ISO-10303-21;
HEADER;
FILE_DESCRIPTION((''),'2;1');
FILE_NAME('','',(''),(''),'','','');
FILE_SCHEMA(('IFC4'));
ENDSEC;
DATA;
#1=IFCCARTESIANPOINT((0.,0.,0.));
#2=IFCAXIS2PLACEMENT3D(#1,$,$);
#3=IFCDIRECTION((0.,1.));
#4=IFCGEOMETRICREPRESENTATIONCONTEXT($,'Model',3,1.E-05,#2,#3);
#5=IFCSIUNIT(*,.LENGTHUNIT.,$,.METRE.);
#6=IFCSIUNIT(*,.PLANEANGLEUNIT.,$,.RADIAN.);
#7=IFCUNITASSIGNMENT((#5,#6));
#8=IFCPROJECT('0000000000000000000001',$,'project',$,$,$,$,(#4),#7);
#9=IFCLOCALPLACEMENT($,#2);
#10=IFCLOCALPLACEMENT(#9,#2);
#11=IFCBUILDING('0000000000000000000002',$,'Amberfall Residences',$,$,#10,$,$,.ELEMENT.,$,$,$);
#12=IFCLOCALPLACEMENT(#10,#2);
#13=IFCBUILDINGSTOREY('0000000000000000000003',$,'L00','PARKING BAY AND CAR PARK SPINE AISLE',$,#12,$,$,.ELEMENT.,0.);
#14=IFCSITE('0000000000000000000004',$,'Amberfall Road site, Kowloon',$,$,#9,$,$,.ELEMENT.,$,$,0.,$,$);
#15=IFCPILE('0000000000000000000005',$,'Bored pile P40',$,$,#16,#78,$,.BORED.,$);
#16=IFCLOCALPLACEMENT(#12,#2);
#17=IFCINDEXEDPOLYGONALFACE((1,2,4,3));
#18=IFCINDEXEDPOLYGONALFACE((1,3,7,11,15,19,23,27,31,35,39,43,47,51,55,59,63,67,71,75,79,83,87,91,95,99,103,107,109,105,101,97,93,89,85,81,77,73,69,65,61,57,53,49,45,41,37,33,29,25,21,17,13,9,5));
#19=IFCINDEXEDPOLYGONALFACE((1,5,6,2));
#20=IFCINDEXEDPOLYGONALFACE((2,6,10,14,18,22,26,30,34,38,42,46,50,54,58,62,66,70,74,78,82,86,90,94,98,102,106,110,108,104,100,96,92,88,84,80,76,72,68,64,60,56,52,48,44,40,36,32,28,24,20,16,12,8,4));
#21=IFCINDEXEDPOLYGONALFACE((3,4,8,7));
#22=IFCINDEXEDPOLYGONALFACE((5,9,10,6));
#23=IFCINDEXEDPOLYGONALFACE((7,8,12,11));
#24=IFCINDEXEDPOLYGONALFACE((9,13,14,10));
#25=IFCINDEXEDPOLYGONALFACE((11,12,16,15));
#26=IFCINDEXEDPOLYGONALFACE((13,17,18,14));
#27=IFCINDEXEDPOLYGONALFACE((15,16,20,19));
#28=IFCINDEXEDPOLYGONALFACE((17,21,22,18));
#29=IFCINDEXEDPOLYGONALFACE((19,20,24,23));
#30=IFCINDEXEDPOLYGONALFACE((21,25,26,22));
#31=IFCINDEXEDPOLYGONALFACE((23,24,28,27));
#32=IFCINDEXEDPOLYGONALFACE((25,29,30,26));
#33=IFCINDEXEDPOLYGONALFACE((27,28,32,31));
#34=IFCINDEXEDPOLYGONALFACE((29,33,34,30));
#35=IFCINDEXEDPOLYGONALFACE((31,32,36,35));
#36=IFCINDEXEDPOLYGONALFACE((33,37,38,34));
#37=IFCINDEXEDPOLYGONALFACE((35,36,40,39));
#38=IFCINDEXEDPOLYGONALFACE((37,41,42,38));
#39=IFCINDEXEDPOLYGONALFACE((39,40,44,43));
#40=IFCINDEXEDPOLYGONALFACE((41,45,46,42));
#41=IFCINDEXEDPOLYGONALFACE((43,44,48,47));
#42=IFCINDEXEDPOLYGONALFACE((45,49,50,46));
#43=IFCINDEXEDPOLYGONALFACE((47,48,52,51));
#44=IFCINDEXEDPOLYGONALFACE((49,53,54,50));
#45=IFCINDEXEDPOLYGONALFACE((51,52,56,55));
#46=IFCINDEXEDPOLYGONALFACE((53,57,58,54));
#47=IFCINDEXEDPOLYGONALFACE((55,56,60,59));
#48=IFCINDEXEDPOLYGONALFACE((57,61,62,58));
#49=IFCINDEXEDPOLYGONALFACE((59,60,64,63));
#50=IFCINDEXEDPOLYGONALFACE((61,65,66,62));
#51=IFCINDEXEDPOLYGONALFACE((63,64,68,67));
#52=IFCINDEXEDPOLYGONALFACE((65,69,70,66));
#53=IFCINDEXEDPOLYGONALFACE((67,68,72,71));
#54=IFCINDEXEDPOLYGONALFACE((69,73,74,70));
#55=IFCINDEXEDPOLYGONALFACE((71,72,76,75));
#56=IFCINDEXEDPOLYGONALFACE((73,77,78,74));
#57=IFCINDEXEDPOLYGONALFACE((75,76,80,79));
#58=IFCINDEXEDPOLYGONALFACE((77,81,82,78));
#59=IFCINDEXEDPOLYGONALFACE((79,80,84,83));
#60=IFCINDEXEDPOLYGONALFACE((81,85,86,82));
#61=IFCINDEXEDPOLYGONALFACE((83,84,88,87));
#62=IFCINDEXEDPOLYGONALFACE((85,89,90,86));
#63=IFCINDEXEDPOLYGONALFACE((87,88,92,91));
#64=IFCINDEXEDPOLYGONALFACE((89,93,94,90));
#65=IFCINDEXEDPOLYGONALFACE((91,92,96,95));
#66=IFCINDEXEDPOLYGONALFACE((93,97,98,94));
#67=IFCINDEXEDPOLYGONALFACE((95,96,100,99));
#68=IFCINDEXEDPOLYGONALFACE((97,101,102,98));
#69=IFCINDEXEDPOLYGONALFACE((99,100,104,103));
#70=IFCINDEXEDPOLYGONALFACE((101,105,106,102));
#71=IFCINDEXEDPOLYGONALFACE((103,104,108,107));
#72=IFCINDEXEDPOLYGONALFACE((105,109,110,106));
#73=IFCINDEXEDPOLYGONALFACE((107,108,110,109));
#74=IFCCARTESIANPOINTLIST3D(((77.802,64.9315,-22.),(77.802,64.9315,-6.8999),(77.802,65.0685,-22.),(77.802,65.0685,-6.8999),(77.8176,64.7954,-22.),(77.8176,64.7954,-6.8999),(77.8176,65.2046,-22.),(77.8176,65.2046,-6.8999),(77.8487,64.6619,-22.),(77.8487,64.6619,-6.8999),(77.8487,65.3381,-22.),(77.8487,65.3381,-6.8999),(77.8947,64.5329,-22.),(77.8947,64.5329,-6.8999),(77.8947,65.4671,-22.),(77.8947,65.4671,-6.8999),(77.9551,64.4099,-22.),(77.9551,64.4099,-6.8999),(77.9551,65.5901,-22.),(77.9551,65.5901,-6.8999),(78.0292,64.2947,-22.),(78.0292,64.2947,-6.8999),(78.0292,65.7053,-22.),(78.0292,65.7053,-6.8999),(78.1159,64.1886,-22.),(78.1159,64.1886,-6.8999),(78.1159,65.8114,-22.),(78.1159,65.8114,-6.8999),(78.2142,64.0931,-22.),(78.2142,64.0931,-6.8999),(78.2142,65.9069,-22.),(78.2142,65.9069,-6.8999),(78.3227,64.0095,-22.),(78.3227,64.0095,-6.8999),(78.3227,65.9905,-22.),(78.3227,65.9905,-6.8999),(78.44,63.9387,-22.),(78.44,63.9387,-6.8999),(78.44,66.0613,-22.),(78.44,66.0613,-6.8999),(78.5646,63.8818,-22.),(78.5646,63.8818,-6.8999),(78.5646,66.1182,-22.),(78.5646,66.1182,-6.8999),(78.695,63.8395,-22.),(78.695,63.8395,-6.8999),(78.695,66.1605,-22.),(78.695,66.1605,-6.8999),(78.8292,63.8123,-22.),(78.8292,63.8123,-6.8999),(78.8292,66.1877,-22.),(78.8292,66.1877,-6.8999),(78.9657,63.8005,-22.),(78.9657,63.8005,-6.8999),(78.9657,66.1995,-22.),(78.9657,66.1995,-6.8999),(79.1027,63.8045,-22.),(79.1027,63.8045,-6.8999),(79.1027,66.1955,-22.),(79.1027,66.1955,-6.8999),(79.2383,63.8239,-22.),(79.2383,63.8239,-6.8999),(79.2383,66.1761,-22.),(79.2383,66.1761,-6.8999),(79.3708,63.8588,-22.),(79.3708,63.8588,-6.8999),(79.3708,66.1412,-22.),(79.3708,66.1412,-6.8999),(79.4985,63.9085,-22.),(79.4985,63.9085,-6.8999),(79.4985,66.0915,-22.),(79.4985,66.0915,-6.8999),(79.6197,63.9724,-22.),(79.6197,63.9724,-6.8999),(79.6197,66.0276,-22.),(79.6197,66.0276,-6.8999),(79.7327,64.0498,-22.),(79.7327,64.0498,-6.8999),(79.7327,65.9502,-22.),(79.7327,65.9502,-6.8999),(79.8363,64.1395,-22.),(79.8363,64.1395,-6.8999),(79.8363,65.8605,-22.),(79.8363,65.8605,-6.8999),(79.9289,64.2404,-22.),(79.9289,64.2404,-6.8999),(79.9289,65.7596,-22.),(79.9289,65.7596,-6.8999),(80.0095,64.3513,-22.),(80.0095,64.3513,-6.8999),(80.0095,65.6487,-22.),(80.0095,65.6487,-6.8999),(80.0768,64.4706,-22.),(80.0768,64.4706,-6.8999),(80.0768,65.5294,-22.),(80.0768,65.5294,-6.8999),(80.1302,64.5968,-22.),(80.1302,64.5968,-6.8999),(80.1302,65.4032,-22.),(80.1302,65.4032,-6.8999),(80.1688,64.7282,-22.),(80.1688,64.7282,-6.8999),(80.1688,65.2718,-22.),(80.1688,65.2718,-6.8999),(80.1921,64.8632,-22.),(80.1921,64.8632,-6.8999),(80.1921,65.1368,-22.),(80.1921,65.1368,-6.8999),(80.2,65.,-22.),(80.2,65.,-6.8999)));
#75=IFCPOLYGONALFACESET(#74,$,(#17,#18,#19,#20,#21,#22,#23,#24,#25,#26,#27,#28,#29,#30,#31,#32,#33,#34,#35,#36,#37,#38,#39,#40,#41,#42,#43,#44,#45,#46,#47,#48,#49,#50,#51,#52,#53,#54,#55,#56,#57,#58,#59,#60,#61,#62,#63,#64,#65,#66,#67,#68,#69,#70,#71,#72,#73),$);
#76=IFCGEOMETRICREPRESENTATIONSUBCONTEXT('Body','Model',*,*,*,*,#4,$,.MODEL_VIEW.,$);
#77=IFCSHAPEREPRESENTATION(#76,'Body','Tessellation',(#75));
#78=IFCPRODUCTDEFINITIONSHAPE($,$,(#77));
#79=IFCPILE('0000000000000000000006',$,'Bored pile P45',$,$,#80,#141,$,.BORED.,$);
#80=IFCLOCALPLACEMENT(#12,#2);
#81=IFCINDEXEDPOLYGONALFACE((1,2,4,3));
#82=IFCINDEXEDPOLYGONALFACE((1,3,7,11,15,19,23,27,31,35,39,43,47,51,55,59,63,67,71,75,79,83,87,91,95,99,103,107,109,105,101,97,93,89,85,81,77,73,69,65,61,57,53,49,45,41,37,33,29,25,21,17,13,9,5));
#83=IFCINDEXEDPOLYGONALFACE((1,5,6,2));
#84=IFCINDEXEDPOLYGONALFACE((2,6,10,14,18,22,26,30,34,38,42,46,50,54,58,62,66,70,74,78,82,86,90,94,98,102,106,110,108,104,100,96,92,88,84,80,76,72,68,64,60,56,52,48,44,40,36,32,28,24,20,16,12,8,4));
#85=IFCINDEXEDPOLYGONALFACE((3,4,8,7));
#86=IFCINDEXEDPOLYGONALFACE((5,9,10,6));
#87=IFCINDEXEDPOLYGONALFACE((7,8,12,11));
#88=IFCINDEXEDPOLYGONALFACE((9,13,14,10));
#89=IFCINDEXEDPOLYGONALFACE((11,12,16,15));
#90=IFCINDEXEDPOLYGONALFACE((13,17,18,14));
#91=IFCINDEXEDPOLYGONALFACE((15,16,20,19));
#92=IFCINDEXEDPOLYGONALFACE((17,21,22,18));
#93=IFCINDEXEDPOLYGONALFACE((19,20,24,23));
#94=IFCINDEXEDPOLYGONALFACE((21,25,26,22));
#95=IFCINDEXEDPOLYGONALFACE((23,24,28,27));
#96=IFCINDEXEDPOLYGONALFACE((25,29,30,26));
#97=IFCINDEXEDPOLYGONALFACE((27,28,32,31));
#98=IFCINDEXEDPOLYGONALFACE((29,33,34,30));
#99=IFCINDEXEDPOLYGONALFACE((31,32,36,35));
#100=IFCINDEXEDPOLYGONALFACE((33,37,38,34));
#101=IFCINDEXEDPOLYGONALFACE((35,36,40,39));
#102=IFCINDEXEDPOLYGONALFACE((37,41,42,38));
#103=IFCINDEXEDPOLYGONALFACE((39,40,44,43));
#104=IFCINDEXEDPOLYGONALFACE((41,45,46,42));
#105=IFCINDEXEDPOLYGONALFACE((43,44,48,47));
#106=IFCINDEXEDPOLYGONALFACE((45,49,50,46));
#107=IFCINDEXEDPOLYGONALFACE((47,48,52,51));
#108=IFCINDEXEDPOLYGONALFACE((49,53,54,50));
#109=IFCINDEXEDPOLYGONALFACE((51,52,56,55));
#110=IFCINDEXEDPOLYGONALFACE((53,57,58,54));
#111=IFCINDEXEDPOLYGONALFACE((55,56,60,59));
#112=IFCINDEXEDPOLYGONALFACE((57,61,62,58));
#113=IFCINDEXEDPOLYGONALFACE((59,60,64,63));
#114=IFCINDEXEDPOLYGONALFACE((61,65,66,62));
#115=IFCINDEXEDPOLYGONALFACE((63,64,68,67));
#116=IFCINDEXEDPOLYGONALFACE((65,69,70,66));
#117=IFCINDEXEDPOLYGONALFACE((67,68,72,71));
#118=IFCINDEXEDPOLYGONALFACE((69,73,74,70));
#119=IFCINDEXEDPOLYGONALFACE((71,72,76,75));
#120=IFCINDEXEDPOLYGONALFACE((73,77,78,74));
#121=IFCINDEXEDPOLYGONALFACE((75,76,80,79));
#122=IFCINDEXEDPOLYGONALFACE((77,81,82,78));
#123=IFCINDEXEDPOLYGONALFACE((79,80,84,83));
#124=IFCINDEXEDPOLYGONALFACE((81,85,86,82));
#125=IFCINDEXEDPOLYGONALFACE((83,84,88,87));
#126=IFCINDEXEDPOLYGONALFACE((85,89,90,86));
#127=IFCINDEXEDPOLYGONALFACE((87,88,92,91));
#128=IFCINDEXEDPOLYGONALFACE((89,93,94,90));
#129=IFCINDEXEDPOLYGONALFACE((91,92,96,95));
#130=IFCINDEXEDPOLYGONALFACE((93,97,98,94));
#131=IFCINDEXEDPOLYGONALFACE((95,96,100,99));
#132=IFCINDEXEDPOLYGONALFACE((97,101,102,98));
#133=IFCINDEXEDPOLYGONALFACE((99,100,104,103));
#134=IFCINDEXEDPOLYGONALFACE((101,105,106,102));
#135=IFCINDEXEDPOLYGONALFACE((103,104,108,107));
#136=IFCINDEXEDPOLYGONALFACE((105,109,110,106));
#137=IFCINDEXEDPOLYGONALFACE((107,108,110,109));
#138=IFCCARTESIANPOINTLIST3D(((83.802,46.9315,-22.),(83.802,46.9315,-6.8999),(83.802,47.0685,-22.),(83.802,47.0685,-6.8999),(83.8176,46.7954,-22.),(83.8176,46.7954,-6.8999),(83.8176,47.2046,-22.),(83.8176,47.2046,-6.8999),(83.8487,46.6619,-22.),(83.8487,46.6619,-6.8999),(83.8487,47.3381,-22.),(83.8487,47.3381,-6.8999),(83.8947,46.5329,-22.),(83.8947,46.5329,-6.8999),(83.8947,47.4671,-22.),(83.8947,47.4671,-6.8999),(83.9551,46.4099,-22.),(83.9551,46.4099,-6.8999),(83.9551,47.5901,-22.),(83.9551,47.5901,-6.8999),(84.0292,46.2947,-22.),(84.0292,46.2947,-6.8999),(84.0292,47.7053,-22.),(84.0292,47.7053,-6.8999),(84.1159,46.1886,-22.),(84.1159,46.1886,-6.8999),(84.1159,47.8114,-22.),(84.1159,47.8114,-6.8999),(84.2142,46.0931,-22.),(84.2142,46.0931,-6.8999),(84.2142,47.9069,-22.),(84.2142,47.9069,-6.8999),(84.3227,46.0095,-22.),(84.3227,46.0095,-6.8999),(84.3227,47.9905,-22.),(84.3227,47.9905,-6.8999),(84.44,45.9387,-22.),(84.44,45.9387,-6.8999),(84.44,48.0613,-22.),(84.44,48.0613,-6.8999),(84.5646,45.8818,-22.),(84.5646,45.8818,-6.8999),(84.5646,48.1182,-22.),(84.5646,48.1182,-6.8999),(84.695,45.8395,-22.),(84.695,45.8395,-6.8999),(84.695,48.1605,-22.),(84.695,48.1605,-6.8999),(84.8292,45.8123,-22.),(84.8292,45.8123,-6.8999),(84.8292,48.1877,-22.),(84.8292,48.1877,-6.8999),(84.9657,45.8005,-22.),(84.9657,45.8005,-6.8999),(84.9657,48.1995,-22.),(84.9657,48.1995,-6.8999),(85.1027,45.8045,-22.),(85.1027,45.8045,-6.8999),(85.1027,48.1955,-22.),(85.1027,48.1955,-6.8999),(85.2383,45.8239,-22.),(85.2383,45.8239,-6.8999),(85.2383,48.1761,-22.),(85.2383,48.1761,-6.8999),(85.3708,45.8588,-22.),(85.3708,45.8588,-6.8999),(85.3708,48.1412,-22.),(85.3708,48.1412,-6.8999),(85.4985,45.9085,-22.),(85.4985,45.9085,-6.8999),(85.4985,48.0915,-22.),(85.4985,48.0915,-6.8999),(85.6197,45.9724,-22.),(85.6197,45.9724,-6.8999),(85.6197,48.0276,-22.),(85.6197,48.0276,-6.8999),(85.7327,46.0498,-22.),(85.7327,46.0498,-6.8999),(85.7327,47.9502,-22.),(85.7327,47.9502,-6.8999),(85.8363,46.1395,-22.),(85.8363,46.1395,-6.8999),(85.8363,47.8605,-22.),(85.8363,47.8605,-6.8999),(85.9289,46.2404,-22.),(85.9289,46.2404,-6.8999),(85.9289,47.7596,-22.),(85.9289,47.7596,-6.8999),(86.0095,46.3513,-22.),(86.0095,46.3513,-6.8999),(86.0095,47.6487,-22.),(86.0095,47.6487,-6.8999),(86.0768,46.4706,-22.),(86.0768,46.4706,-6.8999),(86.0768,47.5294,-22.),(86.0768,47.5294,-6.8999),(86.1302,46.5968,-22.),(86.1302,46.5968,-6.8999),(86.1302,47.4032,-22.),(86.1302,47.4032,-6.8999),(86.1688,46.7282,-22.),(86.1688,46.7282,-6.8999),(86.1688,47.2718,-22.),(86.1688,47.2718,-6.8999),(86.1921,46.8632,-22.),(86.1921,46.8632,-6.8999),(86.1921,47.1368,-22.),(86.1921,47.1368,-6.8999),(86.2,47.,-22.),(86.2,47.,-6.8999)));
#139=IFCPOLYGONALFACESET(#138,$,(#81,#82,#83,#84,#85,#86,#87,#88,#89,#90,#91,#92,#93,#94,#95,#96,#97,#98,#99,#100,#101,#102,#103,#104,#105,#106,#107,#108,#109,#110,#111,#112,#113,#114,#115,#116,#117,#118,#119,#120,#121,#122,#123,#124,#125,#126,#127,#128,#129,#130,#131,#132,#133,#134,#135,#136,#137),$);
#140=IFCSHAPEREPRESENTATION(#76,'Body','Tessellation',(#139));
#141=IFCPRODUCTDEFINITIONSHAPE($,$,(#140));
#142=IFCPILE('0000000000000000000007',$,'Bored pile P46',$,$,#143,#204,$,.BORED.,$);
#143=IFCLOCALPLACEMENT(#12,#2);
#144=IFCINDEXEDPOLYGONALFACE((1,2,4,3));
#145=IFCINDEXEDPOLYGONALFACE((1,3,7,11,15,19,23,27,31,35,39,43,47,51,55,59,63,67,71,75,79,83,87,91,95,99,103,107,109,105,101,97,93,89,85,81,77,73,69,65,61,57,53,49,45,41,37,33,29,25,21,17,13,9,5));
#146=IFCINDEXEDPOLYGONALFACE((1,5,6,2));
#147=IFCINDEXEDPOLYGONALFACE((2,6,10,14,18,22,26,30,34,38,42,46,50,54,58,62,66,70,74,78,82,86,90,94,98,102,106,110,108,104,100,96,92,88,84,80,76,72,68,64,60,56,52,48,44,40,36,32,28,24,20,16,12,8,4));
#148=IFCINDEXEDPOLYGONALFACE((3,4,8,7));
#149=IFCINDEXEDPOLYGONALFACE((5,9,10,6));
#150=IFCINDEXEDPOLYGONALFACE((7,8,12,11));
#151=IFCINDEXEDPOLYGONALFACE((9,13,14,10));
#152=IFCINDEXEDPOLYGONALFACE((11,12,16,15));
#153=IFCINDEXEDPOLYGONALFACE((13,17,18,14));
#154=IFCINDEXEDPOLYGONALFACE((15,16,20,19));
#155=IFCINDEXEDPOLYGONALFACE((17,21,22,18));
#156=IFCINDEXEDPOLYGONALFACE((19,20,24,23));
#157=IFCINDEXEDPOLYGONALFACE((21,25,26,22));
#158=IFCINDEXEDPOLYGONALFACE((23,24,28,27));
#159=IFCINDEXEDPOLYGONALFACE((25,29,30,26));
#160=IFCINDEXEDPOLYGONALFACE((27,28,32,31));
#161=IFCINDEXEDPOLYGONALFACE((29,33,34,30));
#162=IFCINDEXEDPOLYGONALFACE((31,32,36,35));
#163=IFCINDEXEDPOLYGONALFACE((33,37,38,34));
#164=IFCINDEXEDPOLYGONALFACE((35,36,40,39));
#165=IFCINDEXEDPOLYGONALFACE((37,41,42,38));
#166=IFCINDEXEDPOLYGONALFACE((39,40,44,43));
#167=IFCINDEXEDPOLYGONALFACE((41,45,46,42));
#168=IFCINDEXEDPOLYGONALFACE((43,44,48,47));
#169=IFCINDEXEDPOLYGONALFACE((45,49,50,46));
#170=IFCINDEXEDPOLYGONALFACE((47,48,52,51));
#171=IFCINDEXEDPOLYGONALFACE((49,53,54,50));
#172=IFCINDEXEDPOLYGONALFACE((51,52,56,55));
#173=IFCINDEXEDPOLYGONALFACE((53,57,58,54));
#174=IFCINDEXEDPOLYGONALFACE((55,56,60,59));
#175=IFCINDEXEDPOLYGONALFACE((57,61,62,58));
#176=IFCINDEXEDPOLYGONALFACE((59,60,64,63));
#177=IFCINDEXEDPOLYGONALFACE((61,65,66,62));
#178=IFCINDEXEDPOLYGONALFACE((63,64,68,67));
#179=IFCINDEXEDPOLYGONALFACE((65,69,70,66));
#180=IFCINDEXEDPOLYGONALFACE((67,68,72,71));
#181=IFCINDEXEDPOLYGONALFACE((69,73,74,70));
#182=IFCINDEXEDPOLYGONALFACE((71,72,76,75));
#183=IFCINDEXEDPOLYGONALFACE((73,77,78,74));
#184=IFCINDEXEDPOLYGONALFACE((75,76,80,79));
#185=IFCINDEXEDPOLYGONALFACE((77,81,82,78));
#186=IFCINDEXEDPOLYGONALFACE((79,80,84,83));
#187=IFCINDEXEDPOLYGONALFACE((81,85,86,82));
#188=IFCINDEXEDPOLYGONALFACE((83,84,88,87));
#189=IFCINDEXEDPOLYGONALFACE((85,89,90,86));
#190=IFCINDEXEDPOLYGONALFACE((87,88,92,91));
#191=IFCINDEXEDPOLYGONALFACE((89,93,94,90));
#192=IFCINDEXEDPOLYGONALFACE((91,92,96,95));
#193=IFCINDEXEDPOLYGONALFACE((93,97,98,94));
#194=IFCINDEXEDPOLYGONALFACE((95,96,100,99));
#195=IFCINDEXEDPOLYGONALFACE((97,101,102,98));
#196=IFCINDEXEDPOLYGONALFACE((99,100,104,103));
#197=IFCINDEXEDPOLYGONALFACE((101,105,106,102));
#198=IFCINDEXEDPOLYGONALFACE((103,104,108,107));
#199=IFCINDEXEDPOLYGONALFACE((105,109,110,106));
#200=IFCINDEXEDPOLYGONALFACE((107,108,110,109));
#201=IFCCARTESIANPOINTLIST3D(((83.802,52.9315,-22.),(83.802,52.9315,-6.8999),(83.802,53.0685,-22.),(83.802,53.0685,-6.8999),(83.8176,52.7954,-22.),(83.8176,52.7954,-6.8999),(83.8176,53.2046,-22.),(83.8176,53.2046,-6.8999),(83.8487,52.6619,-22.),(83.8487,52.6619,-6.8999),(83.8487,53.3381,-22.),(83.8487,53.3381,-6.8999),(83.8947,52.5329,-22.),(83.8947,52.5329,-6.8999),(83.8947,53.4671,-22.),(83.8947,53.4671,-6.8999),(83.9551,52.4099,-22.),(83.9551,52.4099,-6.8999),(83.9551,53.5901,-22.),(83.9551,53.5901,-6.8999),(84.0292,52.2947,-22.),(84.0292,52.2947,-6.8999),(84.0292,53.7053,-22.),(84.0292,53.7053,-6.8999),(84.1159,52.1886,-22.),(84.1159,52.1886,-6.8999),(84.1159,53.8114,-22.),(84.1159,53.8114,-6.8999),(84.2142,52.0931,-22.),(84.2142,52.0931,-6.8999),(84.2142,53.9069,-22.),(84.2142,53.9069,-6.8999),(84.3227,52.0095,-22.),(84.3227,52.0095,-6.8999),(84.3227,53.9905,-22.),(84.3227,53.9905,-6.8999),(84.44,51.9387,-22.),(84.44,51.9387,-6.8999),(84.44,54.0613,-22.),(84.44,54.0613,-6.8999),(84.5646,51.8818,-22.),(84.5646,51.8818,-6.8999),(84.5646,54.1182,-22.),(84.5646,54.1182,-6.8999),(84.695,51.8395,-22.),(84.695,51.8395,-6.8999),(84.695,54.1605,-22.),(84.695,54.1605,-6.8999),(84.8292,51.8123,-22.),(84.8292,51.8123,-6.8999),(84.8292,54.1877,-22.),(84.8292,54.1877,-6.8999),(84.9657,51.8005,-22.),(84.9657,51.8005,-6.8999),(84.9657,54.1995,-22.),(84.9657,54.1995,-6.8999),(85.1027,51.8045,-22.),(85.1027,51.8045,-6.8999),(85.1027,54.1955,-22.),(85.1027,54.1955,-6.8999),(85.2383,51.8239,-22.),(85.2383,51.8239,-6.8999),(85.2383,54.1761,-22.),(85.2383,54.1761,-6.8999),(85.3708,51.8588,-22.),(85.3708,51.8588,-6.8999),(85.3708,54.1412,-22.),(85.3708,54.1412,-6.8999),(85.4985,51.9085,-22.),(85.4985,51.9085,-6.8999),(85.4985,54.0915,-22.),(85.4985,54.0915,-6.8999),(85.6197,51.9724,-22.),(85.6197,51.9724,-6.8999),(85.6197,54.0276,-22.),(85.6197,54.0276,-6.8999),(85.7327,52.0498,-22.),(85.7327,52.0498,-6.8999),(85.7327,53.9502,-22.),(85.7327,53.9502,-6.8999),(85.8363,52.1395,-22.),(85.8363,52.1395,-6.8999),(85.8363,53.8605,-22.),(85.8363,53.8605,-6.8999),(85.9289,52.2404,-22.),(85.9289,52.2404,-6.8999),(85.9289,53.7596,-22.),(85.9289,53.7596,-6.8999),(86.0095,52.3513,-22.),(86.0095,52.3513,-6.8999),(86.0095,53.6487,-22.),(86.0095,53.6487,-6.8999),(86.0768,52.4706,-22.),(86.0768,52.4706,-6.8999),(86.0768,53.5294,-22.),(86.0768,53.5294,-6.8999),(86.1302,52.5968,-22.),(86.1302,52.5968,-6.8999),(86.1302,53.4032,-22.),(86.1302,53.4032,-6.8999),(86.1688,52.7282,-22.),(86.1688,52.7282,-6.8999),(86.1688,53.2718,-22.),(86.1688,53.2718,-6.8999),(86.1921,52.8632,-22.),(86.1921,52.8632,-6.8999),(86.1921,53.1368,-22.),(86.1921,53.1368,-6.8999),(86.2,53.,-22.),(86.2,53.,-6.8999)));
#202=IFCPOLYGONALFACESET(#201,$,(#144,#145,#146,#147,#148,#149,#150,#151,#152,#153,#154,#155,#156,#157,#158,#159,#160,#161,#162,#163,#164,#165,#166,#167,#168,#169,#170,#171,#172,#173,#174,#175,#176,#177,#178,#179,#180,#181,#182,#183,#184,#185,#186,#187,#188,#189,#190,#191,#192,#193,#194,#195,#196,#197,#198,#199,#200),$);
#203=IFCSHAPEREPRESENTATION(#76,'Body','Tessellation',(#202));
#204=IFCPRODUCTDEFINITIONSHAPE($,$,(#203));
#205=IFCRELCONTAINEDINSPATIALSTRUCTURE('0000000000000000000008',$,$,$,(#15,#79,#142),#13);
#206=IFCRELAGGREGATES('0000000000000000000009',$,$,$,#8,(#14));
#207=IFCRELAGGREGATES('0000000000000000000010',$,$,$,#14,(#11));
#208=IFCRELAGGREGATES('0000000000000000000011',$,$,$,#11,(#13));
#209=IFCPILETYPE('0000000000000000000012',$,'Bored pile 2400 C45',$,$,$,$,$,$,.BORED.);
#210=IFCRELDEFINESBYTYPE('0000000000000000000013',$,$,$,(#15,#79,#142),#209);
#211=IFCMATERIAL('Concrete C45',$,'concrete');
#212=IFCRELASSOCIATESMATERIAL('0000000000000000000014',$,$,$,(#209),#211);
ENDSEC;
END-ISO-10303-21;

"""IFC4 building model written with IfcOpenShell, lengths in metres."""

from ifc_helpers import new_model, si_unit, direction, frame, origin, origin_2d, place, context, subcontext, project, spatial, circle, extrude, material, material_profile, profile_set, type_object, element, save


model = new_model("IFC4")

# Units and contexts
model_context = context("Model", 3, precision=1e-05, world=origin(), true_north=direction((0.0, 1.0)))
body_context = subcontext(model_context, "Body", "Model", "MODEL_VIEW")
ifc_project = project(units=[si_unit("LENGTHUNIT", "METRE"), si_unit("PLANEANGLEUNIT", "RADIAN")], contexts=[model_context])

# Site, building, storey
site_placement = place(None, origin())
site = spatial("IfcSite", under=ifc_project, at=site_placement, Name="Amberfall Road site, Kowloon", CompositionType="ELEMENT", RefElevation=0.0)
building_placement = place(site_placement, origin())
building = spatial("IfcBuilding", under=site, at=building_placement, Name="Amberfall Residences", CompositionType="ELEMENT")
storey_placement = place(building_placement, origin())
storey = spatial("IfcBuildingStorey", under=building, at=storey_placement, Name="L00", Description="PARKING BAY AND CAR PARK SPINE AISLE", CompositionType="ELEMENT", Elevation=0.0)

# Piles
ifc_material_1 = material(Name="Concrete C45", Category="concrete")
ifc_material_profile = material_profile(ifc_material_1, circle(Radius=1.2, at=origin_2d()), Name="Bored pile 2400 C45")
ifc_profile_set = profile_set([ifc_material_profile], Name="Concrete C45")
pile_type = type_object("IfcPileType", Name="Bored pile 2400 C45", PredefinedType="BORED", material=ifc_profile_set)
for number, where, z_axis, x_axis, name in (
    (1, (79.0, 65.0, -6.8999), (0.0, 0.0, -1.0), (1.0, 0.0, 0.0), "Bored pile P40"),
    (2, (85.0, 47.0, -6.8999), (0.0, 0.0, -1.0), (1.0, 0.0, 0.0), "Bored pile P45"),
    (3, (85.0, 53.0, -6.8999), (0.0, 0.0, -1.0), (1.0, 0.0, 0.0), "Bored pile P46"),
):
    element("IfcPile", number, at=place(storey_placement, frame(where, z_axis=z_axis, x_axis=x_axis)), inside=storey, type_object=pile_type, Name=name, PredefinedType="BORED", context=body_context, shape_type="SweptSolid", body=[
        extrude(circle(Radius=1.2, at=origin_2d()), origin(), (0.0, 0.0, 1.0), 15.1001),
    ])

save(model, "model.ifc")
